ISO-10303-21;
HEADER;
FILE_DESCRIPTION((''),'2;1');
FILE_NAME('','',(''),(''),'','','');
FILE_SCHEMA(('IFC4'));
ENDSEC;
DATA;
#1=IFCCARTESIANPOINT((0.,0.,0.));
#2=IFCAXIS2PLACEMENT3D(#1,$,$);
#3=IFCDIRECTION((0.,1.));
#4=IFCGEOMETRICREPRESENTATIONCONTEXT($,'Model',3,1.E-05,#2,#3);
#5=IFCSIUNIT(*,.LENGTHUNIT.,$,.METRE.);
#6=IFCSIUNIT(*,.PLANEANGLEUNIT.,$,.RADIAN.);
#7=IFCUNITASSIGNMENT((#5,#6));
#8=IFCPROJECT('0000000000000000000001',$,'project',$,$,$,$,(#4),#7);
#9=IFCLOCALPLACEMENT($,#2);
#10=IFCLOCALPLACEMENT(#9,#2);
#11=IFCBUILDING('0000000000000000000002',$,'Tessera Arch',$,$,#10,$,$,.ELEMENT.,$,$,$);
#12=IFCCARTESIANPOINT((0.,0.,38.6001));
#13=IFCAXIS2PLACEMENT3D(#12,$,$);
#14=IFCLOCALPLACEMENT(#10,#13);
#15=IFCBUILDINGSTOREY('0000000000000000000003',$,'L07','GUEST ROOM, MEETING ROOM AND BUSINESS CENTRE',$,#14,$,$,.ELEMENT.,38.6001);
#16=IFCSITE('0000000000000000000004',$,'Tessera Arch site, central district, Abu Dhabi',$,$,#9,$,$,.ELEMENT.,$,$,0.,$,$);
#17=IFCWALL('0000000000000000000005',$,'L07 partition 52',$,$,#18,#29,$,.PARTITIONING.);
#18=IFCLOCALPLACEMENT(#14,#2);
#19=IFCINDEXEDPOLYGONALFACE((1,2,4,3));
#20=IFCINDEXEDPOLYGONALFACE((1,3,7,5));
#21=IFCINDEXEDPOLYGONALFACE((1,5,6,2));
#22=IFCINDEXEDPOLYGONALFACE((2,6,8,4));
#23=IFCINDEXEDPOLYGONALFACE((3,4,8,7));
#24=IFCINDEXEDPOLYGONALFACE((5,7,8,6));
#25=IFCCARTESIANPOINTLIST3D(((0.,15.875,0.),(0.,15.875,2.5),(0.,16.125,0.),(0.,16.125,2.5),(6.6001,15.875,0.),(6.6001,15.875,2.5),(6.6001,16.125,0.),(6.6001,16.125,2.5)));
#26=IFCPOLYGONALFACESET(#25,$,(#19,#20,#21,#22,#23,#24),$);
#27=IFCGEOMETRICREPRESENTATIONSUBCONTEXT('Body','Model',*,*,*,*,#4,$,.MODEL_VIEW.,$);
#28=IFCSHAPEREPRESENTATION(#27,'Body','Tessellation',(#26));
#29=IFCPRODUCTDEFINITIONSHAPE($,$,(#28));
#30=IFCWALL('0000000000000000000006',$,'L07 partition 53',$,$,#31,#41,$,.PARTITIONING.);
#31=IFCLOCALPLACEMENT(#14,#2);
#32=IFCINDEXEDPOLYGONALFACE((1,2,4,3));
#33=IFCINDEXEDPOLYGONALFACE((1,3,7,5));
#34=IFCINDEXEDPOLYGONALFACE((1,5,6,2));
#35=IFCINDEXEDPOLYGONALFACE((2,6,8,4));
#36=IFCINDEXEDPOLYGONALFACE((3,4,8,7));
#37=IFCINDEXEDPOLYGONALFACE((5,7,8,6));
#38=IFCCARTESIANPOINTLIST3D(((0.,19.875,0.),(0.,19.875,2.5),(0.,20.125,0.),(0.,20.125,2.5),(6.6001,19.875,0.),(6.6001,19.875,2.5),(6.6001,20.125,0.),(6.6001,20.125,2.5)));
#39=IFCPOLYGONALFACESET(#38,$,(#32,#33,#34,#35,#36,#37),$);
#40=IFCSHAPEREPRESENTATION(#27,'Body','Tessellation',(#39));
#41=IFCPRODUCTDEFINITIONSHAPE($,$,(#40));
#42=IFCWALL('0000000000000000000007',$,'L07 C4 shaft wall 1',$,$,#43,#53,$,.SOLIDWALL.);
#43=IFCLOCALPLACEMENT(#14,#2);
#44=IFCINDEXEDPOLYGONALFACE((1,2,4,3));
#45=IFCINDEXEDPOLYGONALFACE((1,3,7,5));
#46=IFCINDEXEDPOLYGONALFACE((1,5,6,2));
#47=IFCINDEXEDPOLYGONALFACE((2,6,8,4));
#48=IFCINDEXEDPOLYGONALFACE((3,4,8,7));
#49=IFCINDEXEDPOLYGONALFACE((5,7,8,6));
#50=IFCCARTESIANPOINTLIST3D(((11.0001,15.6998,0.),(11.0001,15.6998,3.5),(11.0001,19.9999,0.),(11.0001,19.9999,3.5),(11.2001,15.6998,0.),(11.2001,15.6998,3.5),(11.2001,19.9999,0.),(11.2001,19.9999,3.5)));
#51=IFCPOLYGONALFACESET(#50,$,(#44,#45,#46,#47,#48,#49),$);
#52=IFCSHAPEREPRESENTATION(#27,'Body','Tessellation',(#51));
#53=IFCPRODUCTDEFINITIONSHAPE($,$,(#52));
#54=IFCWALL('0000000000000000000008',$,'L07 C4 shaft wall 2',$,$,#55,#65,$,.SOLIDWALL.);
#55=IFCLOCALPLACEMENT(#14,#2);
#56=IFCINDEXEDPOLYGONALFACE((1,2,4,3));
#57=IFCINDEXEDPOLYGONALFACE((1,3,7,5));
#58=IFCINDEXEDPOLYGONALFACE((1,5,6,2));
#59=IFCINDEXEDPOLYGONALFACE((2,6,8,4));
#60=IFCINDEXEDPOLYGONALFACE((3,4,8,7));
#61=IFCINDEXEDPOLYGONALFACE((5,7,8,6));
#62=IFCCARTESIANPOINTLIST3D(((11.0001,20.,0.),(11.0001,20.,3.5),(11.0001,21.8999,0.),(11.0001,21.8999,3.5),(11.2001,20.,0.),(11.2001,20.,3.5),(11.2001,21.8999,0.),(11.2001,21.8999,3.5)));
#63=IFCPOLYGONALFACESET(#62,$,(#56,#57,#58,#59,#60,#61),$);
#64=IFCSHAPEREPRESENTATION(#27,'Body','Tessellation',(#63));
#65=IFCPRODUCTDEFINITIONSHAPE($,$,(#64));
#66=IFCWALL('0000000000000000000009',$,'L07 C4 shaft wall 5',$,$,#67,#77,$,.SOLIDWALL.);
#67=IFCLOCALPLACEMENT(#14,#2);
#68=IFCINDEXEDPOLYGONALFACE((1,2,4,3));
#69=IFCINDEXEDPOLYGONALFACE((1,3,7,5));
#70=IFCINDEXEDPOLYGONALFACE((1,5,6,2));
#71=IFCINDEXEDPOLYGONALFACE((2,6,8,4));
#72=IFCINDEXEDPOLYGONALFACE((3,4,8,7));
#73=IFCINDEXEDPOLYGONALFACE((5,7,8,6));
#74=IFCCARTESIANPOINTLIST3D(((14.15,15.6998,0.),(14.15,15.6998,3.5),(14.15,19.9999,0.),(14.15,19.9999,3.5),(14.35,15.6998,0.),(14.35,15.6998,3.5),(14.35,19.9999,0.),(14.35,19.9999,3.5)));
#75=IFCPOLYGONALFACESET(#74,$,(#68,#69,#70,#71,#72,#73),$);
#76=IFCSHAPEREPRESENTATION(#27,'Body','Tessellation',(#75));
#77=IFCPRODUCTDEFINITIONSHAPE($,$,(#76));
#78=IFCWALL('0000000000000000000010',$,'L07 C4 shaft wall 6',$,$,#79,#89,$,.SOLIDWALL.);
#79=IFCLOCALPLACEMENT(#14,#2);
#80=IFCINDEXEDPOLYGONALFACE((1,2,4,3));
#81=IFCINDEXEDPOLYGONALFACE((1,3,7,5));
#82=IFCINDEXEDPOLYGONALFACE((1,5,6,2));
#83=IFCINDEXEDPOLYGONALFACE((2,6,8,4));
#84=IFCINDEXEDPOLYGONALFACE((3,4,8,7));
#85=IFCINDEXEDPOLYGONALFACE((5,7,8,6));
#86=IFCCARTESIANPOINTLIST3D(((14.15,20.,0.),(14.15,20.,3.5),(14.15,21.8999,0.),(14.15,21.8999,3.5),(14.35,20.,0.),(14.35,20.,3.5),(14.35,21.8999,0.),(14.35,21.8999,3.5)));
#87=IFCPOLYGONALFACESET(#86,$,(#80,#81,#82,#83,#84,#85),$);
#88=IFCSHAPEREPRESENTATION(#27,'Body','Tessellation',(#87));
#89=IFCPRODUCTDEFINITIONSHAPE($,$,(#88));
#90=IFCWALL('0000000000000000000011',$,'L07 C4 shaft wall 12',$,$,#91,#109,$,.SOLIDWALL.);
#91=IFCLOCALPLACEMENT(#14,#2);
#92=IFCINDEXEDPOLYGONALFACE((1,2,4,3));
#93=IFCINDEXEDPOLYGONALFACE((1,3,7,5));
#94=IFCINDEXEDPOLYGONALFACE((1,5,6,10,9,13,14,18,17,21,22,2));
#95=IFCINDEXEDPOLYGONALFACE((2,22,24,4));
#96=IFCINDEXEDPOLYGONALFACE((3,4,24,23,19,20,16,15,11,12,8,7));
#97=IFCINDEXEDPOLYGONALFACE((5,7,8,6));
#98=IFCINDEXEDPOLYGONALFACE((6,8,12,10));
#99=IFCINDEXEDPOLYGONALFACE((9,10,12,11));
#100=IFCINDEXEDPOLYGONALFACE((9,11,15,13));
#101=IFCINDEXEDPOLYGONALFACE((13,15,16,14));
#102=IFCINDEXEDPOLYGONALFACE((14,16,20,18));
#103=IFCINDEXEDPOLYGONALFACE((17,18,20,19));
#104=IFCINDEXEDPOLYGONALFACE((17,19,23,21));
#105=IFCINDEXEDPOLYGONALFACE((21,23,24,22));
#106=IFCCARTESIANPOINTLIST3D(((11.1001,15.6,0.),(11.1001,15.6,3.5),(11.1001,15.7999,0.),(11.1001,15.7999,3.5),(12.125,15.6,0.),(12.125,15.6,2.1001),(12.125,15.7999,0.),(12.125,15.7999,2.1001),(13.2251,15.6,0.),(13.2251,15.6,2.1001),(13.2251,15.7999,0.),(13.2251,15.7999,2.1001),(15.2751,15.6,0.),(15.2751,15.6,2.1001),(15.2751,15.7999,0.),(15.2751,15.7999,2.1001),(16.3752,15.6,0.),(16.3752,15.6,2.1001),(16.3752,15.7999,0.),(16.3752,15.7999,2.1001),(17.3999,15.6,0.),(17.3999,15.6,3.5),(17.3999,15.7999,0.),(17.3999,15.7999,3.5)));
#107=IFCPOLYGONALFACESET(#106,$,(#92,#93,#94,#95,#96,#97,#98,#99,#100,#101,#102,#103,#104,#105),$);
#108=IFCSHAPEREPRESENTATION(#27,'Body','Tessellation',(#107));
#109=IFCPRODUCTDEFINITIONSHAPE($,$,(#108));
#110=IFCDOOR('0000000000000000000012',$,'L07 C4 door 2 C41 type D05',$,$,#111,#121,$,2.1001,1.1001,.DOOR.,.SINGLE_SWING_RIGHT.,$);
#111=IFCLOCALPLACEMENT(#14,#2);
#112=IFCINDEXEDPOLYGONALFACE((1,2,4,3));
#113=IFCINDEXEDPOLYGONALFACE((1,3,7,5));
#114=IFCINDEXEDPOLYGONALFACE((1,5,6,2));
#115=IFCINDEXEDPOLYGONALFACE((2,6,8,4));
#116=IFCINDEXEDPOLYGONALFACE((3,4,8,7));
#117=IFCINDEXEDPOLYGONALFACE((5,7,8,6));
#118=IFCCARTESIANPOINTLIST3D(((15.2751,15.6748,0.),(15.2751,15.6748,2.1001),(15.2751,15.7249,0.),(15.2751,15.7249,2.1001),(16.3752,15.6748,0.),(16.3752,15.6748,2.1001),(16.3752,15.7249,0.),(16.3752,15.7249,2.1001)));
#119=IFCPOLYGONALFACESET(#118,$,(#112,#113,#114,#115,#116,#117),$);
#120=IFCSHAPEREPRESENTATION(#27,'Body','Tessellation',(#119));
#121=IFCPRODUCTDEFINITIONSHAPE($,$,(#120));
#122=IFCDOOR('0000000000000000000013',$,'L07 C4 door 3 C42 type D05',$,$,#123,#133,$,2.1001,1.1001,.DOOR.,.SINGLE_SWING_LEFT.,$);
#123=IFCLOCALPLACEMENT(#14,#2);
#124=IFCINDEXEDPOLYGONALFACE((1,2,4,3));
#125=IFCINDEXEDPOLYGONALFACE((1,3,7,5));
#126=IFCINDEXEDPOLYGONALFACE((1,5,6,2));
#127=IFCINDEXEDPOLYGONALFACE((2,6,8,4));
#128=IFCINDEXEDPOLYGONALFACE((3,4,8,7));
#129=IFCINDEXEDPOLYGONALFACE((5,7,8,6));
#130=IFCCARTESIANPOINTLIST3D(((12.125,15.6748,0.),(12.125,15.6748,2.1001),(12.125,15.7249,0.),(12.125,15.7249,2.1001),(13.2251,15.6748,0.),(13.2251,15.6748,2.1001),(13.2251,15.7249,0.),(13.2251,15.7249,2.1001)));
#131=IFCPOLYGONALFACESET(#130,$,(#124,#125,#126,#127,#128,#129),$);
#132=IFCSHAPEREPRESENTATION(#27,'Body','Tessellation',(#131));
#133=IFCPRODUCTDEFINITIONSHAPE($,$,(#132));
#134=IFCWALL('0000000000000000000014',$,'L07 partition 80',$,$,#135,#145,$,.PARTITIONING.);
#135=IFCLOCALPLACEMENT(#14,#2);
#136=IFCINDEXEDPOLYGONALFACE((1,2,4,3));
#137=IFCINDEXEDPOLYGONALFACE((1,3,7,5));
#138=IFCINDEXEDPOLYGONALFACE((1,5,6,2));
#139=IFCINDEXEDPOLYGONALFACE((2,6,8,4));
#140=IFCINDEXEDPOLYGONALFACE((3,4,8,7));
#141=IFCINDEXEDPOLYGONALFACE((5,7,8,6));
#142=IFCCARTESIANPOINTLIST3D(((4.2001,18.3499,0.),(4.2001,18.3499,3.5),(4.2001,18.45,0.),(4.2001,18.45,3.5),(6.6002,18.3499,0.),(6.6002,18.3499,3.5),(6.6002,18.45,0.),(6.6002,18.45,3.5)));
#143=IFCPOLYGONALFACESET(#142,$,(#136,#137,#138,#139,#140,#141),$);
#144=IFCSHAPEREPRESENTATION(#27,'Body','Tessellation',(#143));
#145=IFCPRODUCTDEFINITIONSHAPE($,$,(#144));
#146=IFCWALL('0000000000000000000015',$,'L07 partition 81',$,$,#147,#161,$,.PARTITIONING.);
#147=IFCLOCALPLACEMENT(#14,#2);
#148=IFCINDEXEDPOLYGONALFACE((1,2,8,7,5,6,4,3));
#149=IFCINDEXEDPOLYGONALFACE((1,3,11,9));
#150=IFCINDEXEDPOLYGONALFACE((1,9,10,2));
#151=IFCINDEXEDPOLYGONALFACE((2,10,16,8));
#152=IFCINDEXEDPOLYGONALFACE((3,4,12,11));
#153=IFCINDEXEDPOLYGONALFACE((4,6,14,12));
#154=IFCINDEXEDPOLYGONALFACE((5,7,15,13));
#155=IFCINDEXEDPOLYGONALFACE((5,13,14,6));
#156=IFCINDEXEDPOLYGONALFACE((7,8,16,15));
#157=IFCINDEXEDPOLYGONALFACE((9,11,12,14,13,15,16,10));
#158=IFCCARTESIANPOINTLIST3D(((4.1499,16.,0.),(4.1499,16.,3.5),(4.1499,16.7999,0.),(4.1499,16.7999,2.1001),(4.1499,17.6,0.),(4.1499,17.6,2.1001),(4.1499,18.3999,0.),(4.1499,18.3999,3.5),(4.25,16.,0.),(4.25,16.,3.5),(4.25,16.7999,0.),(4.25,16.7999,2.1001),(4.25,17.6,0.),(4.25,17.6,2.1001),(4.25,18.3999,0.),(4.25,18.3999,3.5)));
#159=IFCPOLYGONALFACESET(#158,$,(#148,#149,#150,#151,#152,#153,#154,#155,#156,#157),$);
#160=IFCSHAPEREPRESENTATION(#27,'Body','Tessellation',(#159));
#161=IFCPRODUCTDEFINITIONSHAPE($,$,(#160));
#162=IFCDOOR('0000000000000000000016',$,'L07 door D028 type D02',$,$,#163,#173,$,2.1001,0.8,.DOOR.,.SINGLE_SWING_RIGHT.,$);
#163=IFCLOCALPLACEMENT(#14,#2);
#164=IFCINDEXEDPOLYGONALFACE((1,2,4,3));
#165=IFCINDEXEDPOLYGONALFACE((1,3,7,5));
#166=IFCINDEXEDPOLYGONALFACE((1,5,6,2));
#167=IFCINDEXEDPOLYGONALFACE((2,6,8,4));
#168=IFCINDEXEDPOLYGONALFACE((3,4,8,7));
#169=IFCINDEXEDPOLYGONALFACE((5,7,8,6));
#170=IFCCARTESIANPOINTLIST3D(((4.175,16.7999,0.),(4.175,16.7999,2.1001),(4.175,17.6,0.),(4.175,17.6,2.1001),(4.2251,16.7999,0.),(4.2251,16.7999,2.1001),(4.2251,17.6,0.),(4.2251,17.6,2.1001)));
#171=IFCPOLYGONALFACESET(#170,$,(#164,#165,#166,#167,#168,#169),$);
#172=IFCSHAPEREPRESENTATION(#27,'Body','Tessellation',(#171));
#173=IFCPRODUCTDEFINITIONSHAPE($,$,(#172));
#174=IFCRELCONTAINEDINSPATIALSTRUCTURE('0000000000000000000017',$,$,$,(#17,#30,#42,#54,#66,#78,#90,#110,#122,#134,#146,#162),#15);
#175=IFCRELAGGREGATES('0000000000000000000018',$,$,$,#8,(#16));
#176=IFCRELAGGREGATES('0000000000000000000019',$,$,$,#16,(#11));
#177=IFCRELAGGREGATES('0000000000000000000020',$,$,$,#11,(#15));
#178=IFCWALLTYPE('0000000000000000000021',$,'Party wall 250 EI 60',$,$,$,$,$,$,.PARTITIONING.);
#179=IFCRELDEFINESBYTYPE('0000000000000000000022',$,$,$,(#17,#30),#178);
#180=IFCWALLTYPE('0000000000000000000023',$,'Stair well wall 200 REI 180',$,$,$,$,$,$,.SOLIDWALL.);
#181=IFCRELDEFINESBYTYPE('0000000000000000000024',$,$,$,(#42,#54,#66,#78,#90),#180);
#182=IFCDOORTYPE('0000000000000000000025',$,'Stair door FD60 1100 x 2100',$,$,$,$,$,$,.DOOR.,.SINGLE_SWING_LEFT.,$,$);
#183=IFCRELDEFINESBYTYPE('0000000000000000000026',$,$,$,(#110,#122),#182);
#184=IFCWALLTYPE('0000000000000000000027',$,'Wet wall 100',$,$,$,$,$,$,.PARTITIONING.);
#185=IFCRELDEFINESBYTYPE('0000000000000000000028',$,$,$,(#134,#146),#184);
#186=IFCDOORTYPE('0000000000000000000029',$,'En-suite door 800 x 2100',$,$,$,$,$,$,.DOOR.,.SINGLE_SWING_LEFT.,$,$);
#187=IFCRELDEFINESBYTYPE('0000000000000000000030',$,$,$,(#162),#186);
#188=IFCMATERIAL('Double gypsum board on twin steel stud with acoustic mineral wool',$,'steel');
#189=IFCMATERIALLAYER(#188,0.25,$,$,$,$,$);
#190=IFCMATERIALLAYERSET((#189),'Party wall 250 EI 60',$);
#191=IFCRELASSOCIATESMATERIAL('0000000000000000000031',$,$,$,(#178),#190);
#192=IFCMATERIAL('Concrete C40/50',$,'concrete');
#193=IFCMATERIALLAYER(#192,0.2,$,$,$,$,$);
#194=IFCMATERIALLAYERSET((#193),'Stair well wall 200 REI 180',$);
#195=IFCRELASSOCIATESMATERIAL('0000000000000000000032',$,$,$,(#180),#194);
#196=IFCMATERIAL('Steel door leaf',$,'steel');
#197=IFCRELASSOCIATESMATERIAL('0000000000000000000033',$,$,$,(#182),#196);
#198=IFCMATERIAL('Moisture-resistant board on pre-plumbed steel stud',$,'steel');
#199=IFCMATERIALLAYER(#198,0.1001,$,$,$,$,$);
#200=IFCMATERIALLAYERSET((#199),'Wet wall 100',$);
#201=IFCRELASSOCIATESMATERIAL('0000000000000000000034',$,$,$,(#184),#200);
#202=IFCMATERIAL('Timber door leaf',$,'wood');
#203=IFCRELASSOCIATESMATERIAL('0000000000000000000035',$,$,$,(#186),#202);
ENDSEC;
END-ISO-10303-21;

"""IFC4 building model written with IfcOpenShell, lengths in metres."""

from ifc_helpers import new_model, si_unit, direction, frame, frame_2d, origin, place, context, subcontext, project, spatial, rectangle, extrude, material, layer, layer_set, type_object, element, fill, save


model = new_model("IFC4")

# Units and contexts
model_context = context("Model", 3, precision=1e-05, world=origin(), true_north=direction((0.0, 1.0)))
body_context = subcontext(model_context, "Body", "Model", "MODEL_VIEW")
ifc_project = project(units=[si_unit("LENGTHUNIT", "METRE"), si_unit("PLANEANGLEUNIT", "RADIAN")], contexts=[model_context])

# Site, building, storey
site_placement = place(None, origin())
site = spatial("IfcSite", under=ifc_project, at=site_placement, Name="Tessera Arch site, central district, Abu Dhabi", CompositionType="ELEMENT", RefElevation=0.0)
building_placement = place(site_placement, origin())
building = spatial("IfcBuilding", under=site, at=building_placement, Name="Tessera Arch", CompositionType="ELEMENT")
storey_placement = place(building_placement, frame((0.0, 0.0, 38.6001)))
storey = spatial("IfcBuildingStorey", under=building, at=storey_placement, Name="L07", Description="GUEST ROOM, MEETING ROOM AND BUSINESS CENTRE", CompositionType="ELEMENT", Elevation=38.6001)

# Walls
ifc_material_1 = material(Name="Double gypsum board on twin steel stud with acoustic mineral wool", Category="steel")
ifc_layer_1 = layer(ifc_material_1, 0.25)
ifc_layer_set_1 = layer_set([ifc_layer_1], Name="Party wall 250 EI 60")
wall_type_1 = type_object("IfcWallType", Name="Party wall 250 EI 60", PredefinedType="PARTITIONING", material=ifc_layer_set_1)
for number, where, z_axis, x_axis, name in (
    (1, (0.0, 16.0, 0.0), (0.0, 0.0, 1.0), (1.0, 0.0, 0.0), "L07 partition 52"),
    (2, (0.0, 20.0, 0.0), (0.0, 0.0, 1.0), (1.0, 0.0, 0.0), "L07 partition 53"),
):
    element("IfcWall", number, at=place(storey_placement, frame(where, z_axis=z_axis, x_axis=x_axis)), inside=storey, type_object=wall_type_1, Name=name, PredefinedType="PARTITIONING", context=body_context, shape_type="SweptSolid", body=[
        extrude(rectangle(XDim=6.6001, YDim=0.25, at=frame_2d((3.3, 0.0))), origin(), (0.0, 0.0, 1.0), 2.5),
    ])
ifc_material_2 = material(Name="Concrete C40/50", Category="concrete")
ifc_layer_2 = layer(ifc_material_2, 0.2)
ifc_layer_set_2 = layer_set([ifc_layer_2], Name="Stair well wall 200 REI 180")
wall_type_2 = type_object("IfcWallType", Name="Stair well wall 200 REI 180", PredefinedType="SOLIDWALL", material=ifc_layer_set_2)
wall_1_placement = place(storey_placement, frame((11.1001, 15.7, 0.0), z_axis=(0.0, 0.0, 1.0), x_axis=(0.0, 1.0, 0.0)))
element("IfcWall", 3, at=wall_1_placement, inside=storey, type_object=wall_type_2, Name="L07 C4 shaft wall 1", PredefinedType="SOLIDWALL", context=body_context, shape_type="SweptSolid", body=[
    extrude(rectangle(XDim=4.3, YDim=0.2, at=frame_2d((2.1499, 0.0))), origin(), (0.0, 0.0, 1.0), 3.5),
])
wall_2_placement = place(storey_placement, frame((11.1001, 20.0, 0.0), z_axis=(0.0, 0.0, 1.0), x_axis=(0.0, 1.0, 0.0)))
element("IfcWall", 4, at=wall_2_placement, inside=storey, type_object=wall_type_2, Name="L07 C4 shaft wall 2", PredefinedType="SOLIDWALL", context=body_context, shape_type="SweptSolid", body=[
    extrude(rectangle(XDim=1.8999, YDim=0.2, at=frame_2d((0.95, 0.0))), origin(), (0.0, 0.0, 1.0), 3.5),
])
wall_3_placement = place(storey_placement, frame((14.25, 15.7, 0.0), z_axis=(0.0, 0.0, 1.0), x_axis=(0.0, 1.0, 0.0)))
element("IfcWall", 5, at=wall_3_placement, inside=storey, type_object=wall_type_2, Name="L07 C4 shaft wall 5", PredefinedType="SOLIDWALL", context=body_context, shape_type="SweptSolid", body=[
    extrude(rectangle(XDim=4.3, YDim=0.2, at=frame_2d((2.1499, 0.0))), origin(), (0.0, 0.0, 1.0), 3.5),
])
wall_4_placement = place(storey_placement, frame((14.25, 20.0, 0.0), z_axis=(0.0, 0.0, 1.0), x_axis=(0.0, 1.0, 0.0)))
element("IfcWall", 6, at=wall_4_placement, inside=storey, type_object=wall_type_2, Name="L07 C4 shaft wall 6", PredefinedType="SOLIDWALL", context=body_context, shape_type="SweptSolid", body=[
    extrude(rectangle(XDim=1.8999, YDim=0.2, at=frame_2d((0.95, 0.0))), origin(), (0.0, 0.0, 1.0), 3.5),
])

# Wall, openings, doors
wall_5_placement = place(storey_placement, frame((11.1001, 15.7, 0.0), z_axis=(0.0, 0.0, 1.0), x_axis=(1.0, 0.0, 0.0)))
wall_5 = element("IfcWall", 7, at=wall_5_placement, inside=storey, type_object=wall_type_2, Name="L07 C4 shaft wall 12", PredefinedType="SOLIDWALL", context=body_context, shape_type="SweptSolid", body=[
    extrude(rectangle(XDim=6.2998, YDim=0.2, at=frame_2d((3.1499, 0.0))), origin(), (0.0, 0.0, 1.0), 3.5),
])
opening_1_placement = place(wall_5_placement, frame((4.175, 0.0, 0.0)))
opening_1 = element("IfcOpeningElement", 8, at=opening_1_placement, cuts=wall_5, PredefinedType="OPENING", context=body_context, shape_type="SweptSolid", body=[
    extrude(rectangle(XDim=1.1001, YDim=2.1001, at=frame_2d((0.55, 1.05))), frame((0.0, 0.1099, 0.0), z_axis=(0.0, -1.0, 0.0), x_axis=(1.0, 0.0, 0.0)), (0.0, 0.0, 1.0), 0.22),
])
opening_2_placement = place(wall_5_placement, frame((1.0249, 0.0, 0.0)))
opening_2 = element("IfcOpeningElement", 9, at=opening_2_placement, cuts=wall_5, PredefinedType="OPENING", context=body_context, shape_type="SweptSolid", body=[
    extrude(rectangle(XDim=1.1001, YDim=2.1001, at=frame_2d((0.55, 1.05))), frame((0.0, 0.1099, 0.0), z_axis=(0.0, -1.0, 0.0), x_axis=(1.0, 0.0, 0.0)), (0.0, 0.0, 1.0), 0.22),
])
ifc_material_3 = material(Name="Steel door leaf", Category="steel")
door_type_1 = type_object("IfcDoorType", Name="Stair door FD60 1100 x 2100", OperationType="SINGLE_SWING_LEFT", PredefinedType="DOOR", material=ifc_material_3)
door_1_placement = place(opening_1_placement, origin())
door_1 = element("IfcDoor", 10, at=door_1_placement, inside=storey, type_object=door_type_1, Name="L07 C4 door 2 C41 type D05", OperationType="SINGLE_SWING_RIGHT", OverallHeight=2.1001, OverallWidth=1.1001, PredefinedType="DOOR", context=body_context, shape_type="SweptSolid", body=[
    extrude(rectangle(XDim=1.1001, YDim=2.1001, at=frame_2d((0.55, 1.05))), frame((0.0, 0.0249, 0.0), z_axis=(0.0, -1.0, 0.0), x_axis=(1.0, 0.0, 0.0)), (0.0, 0.0, 1.0), 0.05),
])
fill(opening_1, door_1)
door_2_placement = place(opening_2_placement, origin())
door_2 = element("IfcDoor", 11, at=door_2_placement, inside=storey, type_object=door_type_1, Name="L07 C4 door 3 C42 type D05", OperationType="SINGLE_SWING_LEFT", OverallHeight=2.1001, OverallWidth=1.1001, PredefinedType="DOOR", context=body_context, shape_type="SweptSolid", body=[
    extrude(rectangle(XDim=1.1001, YDim=2.1001, at=frame_2d((0.55, 1.05))), frame((0.0, 0.0249, 0.0), z_axis=(0.0, -1.0, 0.0), x_axis=(1.0, 0.0, 0.0)), (0.0, 0.0, 1.0), 0.05),
])
fill(opening_2, door_2)

# Wall
ifc_material_4 = material(Name="Moisture-resistant board on pre-plumbed steel stud", Category="steel")
ifc_layer_3 = layer(ifc_material_4, 0.1001)
ifc_layer_set_3 = layer_set([ifc_layer_3], Name="Wet wall 100")
wall_type_3 = type_object("IfcWallType", Name="Wet wall 100", PredefinedType="PARTITIONING", material=ifc_layer_set_3)
wall_6_placement = place(storey_placement, frame((4.2, 18.3999, 0.0), z_axis=(0.0, 0.0, 1.0), x_axis=(1.0, 0.0, 0.0)))
element("IfcWall", 12, at=wall_6_placement, inside=storey, type_object=wall_type_3, Name="L07 partition 80", PredefinedType="PARTITIONING", context=body_context, shape_type="SweptSolid", body=[
    extrude(rectangle(XDim=2.4001, YDim=0.1001, at=frame_2d((1.2002, 0.0))), origin(), (0.0, 0.0, 1.0), 3.5),
])

# Wall, opening, door
wall_7_placement = place(storey_placement, frame((4.2, 16.0, 0.0), z_axis=(0.0, 0.0, 1.0), x_axis=(0.0, 1.0, 0.0)))
wall_7 = element("IfcWall", 13, at=wall_7_placement, inside=storey, type_object=wall_type_3, Name="L07 partition 81", PredefinedType="PARTITIONING", context=body_context, shape_type="SweptSolid", body=[
    extrude(rectangle(XDim=2.3999, YDim=0.1001, at=frame_2d((1.2, 0.0))), origin(), (0.0, 0.0, 1.0), 3.5),
])
opening_3_placement = place(wall_7_placement, frame((0.8, 0.0, 0.0)))
opening_3 = element("IfcOpeningElement", 14, at=opening_3_placement, cuts=wall_7, PredefinedType="OPENING", context=body_context, shape_type="SweptSolid", body=[
    extrude(rectangle(XDim=0.8, YDim=2.1001, at=frame_2d((0.3999, 1.05))), frame((0.0, 0.0601, 0.0), z_axis=(0.0, -1.0, 0.0), x_axis=(1.0, 0.0, 0.0)), (0.0, 0.0, 1.0), 0.1201),
])
ifc_material_5 = material(Name="Timber door leaf", Category="wood")
door_type_2 = type_object("IfcDoorType", Name="En-suite door 800 x 2100", OperationType="SINGLE_SWING_LEFT", PredefinedType="DOOR", material=ifc_material_5)
door_3_placement = place(opening_3_placement, origin())
door_3 = element("IfcDoor", 15, at=door_3_placement, inside=storey, type_object=door_type_2, Name="L07 door D028 type D02", OperationType="SINGLE_SWING_RIGHT", OverallHeight=2.1001, OverallWidth=0.8, PredefinedType="DOOR", context=body_context, shape_type="SweptSolid", body=[
    extrude(rectangle(XDim=0.8, YDim=2.1001, at=frame_2d((0.3999, 1.05))), frame((0.0, 0.0249, 0.0), z_axis=(0.0, -1.0, 0.0), x_axis=(1.0, 0.0, 0.0)), (0.0, 0.0, 1.0), 0.05),
])
fill(opening_3, door_3)

save(model, "model.ifc")
